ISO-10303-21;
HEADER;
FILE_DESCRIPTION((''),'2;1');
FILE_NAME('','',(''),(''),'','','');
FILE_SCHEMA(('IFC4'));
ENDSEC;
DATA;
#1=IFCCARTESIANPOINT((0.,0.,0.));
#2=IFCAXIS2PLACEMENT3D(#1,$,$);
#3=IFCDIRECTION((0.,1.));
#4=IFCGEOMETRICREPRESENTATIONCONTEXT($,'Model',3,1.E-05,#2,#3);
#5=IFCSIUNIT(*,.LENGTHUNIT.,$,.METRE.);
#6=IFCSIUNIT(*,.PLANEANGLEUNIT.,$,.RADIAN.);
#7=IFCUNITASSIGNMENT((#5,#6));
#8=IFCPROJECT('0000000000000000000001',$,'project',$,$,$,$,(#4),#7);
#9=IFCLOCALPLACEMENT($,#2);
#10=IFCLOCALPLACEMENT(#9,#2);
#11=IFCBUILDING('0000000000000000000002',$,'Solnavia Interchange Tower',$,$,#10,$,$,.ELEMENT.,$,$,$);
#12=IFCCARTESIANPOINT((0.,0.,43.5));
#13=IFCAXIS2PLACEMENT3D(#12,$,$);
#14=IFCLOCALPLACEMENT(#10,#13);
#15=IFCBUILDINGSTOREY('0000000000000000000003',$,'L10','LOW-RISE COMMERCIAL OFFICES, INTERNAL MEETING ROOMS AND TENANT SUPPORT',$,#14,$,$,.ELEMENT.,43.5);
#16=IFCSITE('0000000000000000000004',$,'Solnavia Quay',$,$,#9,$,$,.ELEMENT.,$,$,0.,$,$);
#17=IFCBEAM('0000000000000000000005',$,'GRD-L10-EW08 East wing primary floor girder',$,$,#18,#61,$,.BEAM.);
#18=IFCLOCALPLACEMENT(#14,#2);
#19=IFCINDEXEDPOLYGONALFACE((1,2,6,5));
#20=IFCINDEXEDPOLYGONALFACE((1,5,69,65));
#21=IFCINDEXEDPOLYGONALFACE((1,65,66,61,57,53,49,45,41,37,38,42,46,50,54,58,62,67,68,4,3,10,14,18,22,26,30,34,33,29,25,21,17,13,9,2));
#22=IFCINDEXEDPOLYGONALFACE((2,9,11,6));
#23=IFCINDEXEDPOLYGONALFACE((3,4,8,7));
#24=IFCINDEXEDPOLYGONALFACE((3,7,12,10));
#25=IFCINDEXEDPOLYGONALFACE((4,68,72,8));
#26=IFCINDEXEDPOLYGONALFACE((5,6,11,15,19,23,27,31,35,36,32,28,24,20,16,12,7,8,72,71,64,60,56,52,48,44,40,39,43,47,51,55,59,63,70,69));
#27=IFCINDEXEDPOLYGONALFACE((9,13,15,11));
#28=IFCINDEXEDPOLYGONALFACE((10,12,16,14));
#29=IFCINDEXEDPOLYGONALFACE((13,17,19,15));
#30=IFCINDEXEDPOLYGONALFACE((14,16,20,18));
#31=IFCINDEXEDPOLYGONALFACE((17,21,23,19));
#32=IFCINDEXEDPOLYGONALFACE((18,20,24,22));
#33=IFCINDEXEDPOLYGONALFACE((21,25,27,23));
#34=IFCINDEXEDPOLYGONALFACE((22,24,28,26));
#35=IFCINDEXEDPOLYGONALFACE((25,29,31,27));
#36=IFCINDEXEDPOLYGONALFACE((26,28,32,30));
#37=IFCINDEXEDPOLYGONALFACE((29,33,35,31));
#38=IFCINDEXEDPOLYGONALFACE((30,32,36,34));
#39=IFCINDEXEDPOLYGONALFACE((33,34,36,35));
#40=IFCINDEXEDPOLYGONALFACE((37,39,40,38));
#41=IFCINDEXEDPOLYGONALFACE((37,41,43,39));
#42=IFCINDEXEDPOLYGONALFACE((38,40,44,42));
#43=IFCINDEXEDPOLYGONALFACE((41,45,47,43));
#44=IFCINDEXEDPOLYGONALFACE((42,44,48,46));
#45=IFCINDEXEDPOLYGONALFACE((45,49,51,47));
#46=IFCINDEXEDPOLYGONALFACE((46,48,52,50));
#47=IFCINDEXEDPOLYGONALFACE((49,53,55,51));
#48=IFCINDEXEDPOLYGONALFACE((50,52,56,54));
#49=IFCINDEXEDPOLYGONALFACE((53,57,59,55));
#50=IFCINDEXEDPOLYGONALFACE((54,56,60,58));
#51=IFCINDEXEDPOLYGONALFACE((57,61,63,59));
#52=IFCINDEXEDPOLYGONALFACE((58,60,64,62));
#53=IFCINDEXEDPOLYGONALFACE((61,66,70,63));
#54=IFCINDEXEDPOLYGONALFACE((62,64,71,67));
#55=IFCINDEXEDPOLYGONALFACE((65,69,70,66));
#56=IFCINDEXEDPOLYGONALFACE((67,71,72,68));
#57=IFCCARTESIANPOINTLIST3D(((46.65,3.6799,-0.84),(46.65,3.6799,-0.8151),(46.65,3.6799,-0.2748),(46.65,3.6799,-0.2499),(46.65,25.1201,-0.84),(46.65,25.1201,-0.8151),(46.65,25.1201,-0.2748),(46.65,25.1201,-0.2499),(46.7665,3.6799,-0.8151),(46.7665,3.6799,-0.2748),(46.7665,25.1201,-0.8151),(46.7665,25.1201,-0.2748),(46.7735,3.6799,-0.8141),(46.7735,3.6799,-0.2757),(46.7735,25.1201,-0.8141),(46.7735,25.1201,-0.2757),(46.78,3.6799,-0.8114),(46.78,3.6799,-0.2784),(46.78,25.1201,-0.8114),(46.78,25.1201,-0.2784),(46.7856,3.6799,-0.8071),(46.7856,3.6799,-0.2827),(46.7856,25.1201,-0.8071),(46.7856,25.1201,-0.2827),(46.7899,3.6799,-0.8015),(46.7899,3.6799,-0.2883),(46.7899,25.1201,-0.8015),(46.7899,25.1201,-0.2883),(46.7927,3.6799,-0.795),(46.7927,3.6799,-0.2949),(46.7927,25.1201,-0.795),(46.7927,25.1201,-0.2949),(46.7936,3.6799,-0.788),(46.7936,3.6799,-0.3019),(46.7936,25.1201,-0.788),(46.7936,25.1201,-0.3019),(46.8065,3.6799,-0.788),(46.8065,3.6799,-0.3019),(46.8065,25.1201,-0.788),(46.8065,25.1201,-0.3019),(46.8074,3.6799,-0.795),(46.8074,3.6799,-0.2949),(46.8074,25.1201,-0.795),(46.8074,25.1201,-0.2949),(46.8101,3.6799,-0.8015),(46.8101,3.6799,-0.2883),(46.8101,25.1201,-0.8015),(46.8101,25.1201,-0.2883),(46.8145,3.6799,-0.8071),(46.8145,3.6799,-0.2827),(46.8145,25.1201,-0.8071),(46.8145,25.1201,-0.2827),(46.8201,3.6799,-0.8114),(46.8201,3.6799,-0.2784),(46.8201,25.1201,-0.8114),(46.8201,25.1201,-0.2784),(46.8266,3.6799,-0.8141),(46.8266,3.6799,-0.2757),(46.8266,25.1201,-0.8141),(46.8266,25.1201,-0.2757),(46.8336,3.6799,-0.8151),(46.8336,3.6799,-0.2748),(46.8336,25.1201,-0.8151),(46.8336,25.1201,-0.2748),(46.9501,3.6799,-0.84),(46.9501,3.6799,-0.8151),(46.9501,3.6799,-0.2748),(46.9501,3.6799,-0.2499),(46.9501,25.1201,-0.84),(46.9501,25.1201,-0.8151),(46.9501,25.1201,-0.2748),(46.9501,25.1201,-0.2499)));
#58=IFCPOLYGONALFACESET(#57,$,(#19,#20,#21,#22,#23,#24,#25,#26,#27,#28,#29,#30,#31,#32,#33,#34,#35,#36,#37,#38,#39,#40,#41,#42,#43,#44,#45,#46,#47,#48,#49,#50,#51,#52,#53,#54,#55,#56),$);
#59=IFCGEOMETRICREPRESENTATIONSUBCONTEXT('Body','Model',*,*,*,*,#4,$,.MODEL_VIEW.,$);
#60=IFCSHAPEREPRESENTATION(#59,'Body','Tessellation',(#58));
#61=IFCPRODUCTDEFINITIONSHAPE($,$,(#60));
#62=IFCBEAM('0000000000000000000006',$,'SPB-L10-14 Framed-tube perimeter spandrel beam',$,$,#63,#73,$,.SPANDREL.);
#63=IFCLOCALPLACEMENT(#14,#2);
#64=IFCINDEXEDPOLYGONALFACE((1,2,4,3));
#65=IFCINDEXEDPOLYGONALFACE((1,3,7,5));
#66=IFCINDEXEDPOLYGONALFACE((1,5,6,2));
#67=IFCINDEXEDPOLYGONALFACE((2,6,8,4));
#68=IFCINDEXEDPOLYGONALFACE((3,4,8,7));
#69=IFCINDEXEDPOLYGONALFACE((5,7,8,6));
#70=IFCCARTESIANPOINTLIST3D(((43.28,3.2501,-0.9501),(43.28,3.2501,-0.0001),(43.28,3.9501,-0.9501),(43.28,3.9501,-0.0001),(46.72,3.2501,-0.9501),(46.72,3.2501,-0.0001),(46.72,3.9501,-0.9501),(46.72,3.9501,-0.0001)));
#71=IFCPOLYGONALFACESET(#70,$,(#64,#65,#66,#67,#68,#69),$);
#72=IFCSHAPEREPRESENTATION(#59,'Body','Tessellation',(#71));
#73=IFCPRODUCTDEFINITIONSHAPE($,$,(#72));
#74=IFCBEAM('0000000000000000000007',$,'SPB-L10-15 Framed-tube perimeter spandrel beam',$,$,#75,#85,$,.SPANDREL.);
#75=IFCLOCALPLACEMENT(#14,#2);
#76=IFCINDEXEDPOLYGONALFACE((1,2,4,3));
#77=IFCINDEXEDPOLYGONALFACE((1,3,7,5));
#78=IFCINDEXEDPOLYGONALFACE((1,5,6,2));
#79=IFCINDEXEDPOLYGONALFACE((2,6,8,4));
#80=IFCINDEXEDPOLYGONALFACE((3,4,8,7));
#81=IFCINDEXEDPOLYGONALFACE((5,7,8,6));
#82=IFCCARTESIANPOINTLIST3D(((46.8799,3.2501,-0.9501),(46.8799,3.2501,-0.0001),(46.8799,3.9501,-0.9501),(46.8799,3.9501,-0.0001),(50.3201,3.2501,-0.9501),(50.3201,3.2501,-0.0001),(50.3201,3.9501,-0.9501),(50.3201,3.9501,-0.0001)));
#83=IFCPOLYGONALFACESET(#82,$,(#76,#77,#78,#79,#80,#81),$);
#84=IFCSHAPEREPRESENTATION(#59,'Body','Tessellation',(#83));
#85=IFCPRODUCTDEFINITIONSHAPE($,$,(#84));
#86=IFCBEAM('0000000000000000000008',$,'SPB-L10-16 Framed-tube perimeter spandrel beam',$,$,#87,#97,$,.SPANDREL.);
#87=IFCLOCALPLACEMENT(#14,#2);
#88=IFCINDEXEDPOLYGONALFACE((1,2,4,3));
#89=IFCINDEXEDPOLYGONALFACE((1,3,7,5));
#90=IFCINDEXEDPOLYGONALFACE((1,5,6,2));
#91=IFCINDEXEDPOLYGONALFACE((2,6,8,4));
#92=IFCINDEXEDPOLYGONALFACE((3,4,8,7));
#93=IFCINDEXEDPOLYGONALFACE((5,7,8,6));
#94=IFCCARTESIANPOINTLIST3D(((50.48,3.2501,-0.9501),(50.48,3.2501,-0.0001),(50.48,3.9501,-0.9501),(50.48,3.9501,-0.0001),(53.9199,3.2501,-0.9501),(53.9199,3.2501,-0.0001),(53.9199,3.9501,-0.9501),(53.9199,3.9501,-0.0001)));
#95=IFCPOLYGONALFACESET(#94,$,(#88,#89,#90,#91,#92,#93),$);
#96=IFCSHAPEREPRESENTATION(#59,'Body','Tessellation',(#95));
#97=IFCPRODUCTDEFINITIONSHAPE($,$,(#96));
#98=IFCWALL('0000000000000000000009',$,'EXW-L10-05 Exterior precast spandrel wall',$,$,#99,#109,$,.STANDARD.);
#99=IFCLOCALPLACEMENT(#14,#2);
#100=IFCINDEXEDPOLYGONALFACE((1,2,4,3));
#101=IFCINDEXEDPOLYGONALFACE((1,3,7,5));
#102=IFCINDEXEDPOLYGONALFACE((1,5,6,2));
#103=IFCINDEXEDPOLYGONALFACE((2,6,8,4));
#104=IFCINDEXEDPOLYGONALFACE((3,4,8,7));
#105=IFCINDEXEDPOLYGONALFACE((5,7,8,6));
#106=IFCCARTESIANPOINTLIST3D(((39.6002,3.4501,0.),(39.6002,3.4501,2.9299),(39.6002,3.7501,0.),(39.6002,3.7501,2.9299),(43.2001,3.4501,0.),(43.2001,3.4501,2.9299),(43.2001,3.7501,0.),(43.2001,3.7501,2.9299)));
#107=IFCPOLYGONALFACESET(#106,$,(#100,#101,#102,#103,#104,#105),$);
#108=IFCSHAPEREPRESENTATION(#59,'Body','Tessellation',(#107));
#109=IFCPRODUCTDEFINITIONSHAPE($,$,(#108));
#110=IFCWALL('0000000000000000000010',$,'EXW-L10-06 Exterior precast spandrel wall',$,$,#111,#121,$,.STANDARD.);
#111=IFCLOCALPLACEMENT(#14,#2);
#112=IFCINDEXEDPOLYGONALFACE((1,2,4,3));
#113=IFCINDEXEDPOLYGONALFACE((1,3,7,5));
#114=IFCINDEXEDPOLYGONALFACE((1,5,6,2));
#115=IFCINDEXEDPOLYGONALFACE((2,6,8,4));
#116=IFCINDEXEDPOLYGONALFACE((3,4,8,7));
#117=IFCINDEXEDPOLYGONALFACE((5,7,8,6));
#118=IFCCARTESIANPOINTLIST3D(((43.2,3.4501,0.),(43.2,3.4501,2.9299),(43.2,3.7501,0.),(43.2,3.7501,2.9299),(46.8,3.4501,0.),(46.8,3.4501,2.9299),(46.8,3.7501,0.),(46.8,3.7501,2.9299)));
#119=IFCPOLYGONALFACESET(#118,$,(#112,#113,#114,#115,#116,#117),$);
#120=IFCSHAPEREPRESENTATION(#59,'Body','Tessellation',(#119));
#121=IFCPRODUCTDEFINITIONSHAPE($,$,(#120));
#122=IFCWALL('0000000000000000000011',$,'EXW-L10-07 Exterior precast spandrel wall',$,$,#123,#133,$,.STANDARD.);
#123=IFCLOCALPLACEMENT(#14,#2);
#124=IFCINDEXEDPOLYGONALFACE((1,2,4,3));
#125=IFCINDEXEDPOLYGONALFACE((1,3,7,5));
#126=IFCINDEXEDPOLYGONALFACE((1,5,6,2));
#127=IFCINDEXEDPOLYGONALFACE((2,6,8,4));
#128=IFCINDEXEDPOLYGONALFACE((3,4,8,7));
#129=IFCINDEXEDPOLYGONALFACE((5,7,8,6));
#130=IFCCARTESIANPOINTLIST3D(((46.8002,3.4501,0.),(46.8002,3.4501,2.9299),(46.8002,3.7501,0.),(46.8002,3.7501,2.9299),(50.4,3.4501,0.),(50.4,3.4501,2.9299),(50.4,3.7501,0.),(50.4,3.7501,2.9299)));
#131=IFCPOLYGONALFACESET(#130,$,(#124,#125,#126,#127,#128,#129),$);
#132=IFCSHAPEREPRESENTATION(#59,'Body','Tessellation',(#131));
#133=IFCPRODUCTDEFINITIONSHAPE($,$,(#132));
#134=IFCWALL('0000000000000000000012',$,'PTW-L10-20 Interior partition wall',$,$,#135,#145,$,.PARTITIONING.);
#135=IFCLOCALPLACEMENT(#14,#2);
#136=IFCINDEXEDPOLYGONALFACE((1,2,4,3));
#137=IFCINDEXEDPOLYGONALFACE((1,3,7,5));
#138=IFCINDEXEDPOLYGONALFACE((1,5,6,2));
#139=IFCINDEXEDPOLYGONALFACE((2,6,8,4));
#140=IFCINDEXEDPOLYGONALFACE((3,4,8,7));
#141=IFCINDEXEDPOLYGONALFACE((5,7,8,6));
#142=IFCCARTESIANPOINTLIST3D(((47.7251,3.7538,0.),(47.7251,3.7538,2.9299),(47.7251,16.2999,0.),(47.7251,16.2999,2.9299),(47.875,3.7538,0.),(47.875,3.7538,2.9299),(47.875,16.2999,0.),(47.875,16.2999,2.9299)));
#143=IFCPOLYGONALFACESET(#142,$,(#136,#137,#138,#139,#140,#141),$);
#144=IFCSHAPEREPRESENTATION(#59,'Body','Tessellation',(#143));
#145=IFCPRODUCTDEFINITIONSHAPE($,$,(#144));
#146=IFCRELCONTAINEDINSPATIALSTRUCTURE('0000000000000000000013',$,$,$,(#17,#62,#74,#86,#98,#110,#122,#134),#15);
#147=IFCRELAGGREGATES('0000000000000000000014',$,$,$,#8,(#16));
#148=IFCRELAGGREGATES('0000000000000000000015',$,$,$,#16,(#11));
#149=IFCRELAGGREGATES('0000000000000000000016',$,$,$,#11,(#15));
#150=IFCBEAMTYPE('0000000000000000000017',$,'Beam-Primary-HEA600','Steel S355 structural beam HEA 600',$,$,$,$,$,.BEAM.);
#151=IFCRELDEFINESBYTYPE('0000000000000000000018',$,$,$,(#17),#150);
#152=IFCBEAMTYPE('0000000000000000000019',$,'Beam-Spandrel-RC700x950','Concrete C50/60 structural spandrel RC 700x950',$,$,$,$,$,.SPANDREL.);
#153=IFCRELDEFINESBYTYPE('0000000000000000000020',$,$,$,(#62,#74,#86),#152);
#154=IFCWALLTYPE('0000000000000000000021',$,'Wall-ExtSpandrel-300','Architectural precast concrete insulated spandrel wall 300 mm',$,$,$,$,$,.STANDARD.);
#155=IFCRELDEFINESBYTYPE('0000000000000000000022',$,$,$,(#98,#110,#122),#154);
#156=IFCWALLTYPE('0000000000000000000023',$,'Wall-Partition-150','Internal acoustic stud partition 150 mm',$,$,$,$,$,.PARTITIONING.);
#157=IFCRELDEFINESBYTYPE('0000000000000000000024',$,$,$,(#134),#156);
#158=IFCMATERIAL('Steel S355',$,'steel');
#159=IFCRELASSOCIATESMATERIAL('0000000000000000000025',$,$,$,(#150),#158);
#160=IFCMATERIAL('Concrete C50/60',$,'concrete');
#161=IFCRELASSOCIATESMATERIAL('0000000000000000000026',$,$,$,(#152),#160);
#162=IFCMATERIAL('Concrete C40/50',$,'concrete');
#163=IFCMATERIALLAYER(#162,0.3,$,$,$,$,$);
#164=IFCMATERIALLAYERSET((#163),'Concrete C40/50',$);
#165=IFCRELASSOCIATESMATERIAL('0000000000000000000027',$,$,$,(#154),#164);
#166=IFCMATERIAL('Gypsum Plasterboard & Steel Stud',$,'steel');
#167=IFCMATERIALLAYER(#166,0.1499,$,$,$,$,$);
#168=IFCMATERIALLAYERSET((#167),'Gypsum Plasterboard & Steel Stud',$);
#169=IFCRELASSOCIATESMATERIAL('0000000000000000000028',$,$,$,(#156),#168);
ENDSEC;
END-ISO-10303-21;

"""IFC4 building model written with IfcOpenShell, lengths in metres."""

from ifc_helpers import new_model, si_unit, direction, frame, frame_2d, origin, origin_2d, place, context, subcontext, project, spatial, rectangle, i_section, extrude, material, layer, layer_set, material_profile, profile_set, type_object, element, save


model = new_model("IFC4")

# Units and contexts
model_context = context("Model", 3, precision=1e-05, world=origin(), true_north=direction((0.0, 1.0)))
body_context = subcontext(model_context, "Body", "Model", "MODEL_VIEW")
ifc_project = project(units=[si_unit("LENGTHUNIT", "METRE"), si_unit("PLANEANGLEUNIT", "RADIAN")], contexts=[model_context])

# Site, building, storey
site_placement = place(None, origin())
site = spatial("IfcSite", under=ifc_project, at=site_placement, Name="Solnavia Quay", CompositionType="ELEMENT", RefElevation=0.0)
building_placement = place(site_placement, origin())
building = spatial("IfcBuilding", under=site, at=building_placement, Name="Solnavia Interchange Tower", CompositionType="ELEMENT")
storey_placement = place(building_placement, frame((0.0, 0.0, 43.5)))
storey = spatial("IfcBuildingStorey", under=building, at=storey_placement, Name="L10", Description="LOW-RISE COMMERCIAL OFFICES, INTERNAL MEETING ROOMS AND TENANT SUPPORT", CompositionType="ELEMENT", Elevation=43.5)

# Shared definitions
ifc_material_1 = material(Name="Steel S355", Category="steel")

# Beams
ifc_material_profile_1 = material_profile(ifc_material_1, i_section(OverallWidth=0.3, OverallDepth=0.5901, WebThickness=0.0129, FlangeThickness=0.0249, FilletRadius=0.0271, at=origin_2d()), Name="HEA 600")
ifc_profile_set_1 = profile_set([ifc_material_profile_1], Name="Steel S355")
beam_type_1 = type_object("IfcBeamType", Name="Beam-Primary-HEA600", Description="Steel S355 structural beam HEA 600", PredefinedType="BEAM", material=ifc_profile_set_1)
beam_1_placement = place(storey_placement, frame((46.8, 3.6799, -0.5449), z_axis=(0.0, 1.0, 0.0), x_axis=(-1.0, 0.0, 0.0)))
element("IfcBeam", 1, at=beam_1_placement, inside=storey, type_object=beam_type_1, Name="GRD-L10-EW08 East wing primary floor girder", PredefinedType="BEAM", context=body_context, shape_type="SweptSolid", body=[
    extrude(i_section(OverallWidth=0.3, OverallDepth=0.5901, WebThickness=0.0129, FlangeThickness=0.0249, FilletRadius=0.0271, at=origin_2d()), origin(), (0.0, 0.0, 1.0), 21.4402),
])
ifc_material_2 = material(Name="Concrete C50/60", Category="concrete")
ifc_material_profile_2 = material_profile(ifc_material_2, rectangle(XDim=0.7, YDim=0.95, at=origin_2d()), Name="RC 700x950")
ifc_profile_set_2 = profile_set([ifc_material_profile_2], Name="Concrete C50/60")
beam_type_2 = type_object("IfcBeamType", Name="Beam-Spandrel-RC700x950", Description="Concrete C50/60 structural spandrel RC 700x950", PredefinedType="SPANDREL", material=ifc_profile_set_2)
beam_2_placement = place(storey_placement, frame((43.28, 3.6001, -0.4751), z_axis=(1.0, 0.0, 0.0), x_axis=(0.0, 1.0, 0.0)))
element("IfcBeam", 2, at=beam_2_placement, inside=storey, type_object=beam_type_2, Name="SPB-L10-14 Framed-tube perimeter spandrel beam", PredefinedType="SPANDREL", context=body_context, shape_type="SweptSolid", body=[
    extrude(rectangle(XDim=0.7, YDim=0.95, at=origin_2d()), origin(), (0.0, 0.0, 1.0), 3.4399),
])
beam_3_placement = place(storey_placement, frame((46.8799, 3.6001, -0.4751), z_axis=(1.0, 0.0, 0.0), x_axis=(0.0, 1.0, 0.0)))
element("IfcBeam", 3, at=beam_3_placement, inside=storey, type_object=beam_type_2, Name="SPB-L10-15 Framed-tube perimeter spandrel beam", PredefinedType="SPANDREL", context=body_context, shape_type="SweptSolid", body=[
    extrude(rectangle(XDim=0.7, YDim=0.95, at=origin_2d()), origin(), (0.0, 0.0, 1.0), 3.4402),
])
beam_4_placement = place(storey_placement, frame((50.48, 3.6001, -0.4751), z_axis=(1.0, 0.0, 0.0), x_axis=(0.0, 1.0, 0.0)))
element("IfcBeam", 4, at=beam_4_placement, inside=storey, type_object=beam_type_2, Name="SPB-L10-16 Framed-tube perimeter spandrel beam", PredefinedType="SPANDREL", context=body_context, shape_type="SweptSolid", body=[
    extrude(rectangle(XDim=0.7, YDim=0.95, at=origin_2d()), origin(), (0.0, 0.0, 1.0), 3.4399),
])

# Walls
ifc_material_3 = material(Name="Concrete C40/50", Category="concrete")
ifc_layer_1 = layer(ifc_material_3, 0.3)
ifc_layer_set_1 = layer_set([ifc_layer_1], Name="Concrete C40/50")
wall_type_1 = type_object("IfcWallType", Name="Wall-ExtSpandrel-300", Description="Architectural precast concrete insulated spandrel wall 300 mm", PredefinedType="STANDARD", material=ifc_layer_set_1)
wall_1_placement = place(storey_placement, frame((43.2, 3.6001, 0.0), z_axis=(0.0, 0.0, 1.0), x_axis=(-1.0, 0.0, 0.0)))
element("IfcWall", 5, at=wall_1_placement, inside=storey, type_object=wall_type_1, Name="EXW-L10-05 Exterior precast spandrel wall", PredefinedType="STANDARD", context=body_context, shape_type="SweptSolid", body=[
    extrude(rectangle(XDim=3.5999, YDim=0.3, at=frame_2d((1.7998, 0.0))), origin(), (0.0, 0.0, 1.0), 2.9299),
])
wall_2_placement = place(storey_placement, frame((46.8, 3.6001, 0.0), z_axis=(0.0, 0.0, 1.0), x_axis=(-1.0, 0.0, 0.0)))
element("IfcWall", 6, at=wall_2_placement, inside=storey, type_object=wall_type_1, Name="EXW-L10-06 Exterior precast spandrel wall", PredefinedType="STANDARD", context=body_context, shape_type="SweptSolid", body=[
    extrude(rectangle(XDim=3.6001, YDim=0.3, at=frame_2d((1.8, 0.0))), origin(), (0.0, 0.0, 1.0), 2.9299),
])
wall_3_placement = place(storey_placement, frame((50.3999, 3.6001, 0.0), z_axis=(0.0, 0.0, 1.0), x_axis=(-1.0, 0.0, 0.0)))
element("IfcWall", 7, at=wall_3_placement, inside=storey, type_object=wall_type_1, Name="EXW-L10-07 Exterior precast spandrel wall", PredefinedType="STANDARD", context=body_context, shape_type="SweptSolid", body=[
    extrude(rectangle(XDim=3.5999, YDim=0.3, at=frame_2d((1.7998, 0.0))), origin(), (0.0, 0.0, 1.0), 2.9299),
])
ifc_material_4 = material(Name="Gypsum Plasterboard & Steel Stud", Category="steel")
ifc_layer_2 = layer(ifc_material_4, 0.1499)
ifc_layer_set_2 = layer_set([ifc_layer_2], Name="Gypsum Plasterboard & Steel Stud")
wall_type_2 = type_object("IfcWallType", Name="Wall-Partition-150", Description="Internal acoustic stud partition 150 mm", PredefinedType="PARTITIONING", material=ifc_layer_set_2)
wall_4_placement = place(storey_placement, frame((47.8, 3.7539, 0.0), z_axis=(0.0, 0.0, 1.0), x_axis=(0.0, 1.0, 0.0)))
element("IfcWall", 8, at=wall_4_placement, inside=storey, type_object=wall_type_2, Name="PTW-L10-20 Interior partition wall", PredefinedType="PARTITIONING", context=body_context, shape_type="SweptSolid", body=[
    extrude(rectangle(XDim=12.5461, YDim=0.1499, at=frame_2d((6.2729, 0.0))), origin(), (0.0, 0.0, 1.0), 2.9299),
])

save(model, "model.ifc")
